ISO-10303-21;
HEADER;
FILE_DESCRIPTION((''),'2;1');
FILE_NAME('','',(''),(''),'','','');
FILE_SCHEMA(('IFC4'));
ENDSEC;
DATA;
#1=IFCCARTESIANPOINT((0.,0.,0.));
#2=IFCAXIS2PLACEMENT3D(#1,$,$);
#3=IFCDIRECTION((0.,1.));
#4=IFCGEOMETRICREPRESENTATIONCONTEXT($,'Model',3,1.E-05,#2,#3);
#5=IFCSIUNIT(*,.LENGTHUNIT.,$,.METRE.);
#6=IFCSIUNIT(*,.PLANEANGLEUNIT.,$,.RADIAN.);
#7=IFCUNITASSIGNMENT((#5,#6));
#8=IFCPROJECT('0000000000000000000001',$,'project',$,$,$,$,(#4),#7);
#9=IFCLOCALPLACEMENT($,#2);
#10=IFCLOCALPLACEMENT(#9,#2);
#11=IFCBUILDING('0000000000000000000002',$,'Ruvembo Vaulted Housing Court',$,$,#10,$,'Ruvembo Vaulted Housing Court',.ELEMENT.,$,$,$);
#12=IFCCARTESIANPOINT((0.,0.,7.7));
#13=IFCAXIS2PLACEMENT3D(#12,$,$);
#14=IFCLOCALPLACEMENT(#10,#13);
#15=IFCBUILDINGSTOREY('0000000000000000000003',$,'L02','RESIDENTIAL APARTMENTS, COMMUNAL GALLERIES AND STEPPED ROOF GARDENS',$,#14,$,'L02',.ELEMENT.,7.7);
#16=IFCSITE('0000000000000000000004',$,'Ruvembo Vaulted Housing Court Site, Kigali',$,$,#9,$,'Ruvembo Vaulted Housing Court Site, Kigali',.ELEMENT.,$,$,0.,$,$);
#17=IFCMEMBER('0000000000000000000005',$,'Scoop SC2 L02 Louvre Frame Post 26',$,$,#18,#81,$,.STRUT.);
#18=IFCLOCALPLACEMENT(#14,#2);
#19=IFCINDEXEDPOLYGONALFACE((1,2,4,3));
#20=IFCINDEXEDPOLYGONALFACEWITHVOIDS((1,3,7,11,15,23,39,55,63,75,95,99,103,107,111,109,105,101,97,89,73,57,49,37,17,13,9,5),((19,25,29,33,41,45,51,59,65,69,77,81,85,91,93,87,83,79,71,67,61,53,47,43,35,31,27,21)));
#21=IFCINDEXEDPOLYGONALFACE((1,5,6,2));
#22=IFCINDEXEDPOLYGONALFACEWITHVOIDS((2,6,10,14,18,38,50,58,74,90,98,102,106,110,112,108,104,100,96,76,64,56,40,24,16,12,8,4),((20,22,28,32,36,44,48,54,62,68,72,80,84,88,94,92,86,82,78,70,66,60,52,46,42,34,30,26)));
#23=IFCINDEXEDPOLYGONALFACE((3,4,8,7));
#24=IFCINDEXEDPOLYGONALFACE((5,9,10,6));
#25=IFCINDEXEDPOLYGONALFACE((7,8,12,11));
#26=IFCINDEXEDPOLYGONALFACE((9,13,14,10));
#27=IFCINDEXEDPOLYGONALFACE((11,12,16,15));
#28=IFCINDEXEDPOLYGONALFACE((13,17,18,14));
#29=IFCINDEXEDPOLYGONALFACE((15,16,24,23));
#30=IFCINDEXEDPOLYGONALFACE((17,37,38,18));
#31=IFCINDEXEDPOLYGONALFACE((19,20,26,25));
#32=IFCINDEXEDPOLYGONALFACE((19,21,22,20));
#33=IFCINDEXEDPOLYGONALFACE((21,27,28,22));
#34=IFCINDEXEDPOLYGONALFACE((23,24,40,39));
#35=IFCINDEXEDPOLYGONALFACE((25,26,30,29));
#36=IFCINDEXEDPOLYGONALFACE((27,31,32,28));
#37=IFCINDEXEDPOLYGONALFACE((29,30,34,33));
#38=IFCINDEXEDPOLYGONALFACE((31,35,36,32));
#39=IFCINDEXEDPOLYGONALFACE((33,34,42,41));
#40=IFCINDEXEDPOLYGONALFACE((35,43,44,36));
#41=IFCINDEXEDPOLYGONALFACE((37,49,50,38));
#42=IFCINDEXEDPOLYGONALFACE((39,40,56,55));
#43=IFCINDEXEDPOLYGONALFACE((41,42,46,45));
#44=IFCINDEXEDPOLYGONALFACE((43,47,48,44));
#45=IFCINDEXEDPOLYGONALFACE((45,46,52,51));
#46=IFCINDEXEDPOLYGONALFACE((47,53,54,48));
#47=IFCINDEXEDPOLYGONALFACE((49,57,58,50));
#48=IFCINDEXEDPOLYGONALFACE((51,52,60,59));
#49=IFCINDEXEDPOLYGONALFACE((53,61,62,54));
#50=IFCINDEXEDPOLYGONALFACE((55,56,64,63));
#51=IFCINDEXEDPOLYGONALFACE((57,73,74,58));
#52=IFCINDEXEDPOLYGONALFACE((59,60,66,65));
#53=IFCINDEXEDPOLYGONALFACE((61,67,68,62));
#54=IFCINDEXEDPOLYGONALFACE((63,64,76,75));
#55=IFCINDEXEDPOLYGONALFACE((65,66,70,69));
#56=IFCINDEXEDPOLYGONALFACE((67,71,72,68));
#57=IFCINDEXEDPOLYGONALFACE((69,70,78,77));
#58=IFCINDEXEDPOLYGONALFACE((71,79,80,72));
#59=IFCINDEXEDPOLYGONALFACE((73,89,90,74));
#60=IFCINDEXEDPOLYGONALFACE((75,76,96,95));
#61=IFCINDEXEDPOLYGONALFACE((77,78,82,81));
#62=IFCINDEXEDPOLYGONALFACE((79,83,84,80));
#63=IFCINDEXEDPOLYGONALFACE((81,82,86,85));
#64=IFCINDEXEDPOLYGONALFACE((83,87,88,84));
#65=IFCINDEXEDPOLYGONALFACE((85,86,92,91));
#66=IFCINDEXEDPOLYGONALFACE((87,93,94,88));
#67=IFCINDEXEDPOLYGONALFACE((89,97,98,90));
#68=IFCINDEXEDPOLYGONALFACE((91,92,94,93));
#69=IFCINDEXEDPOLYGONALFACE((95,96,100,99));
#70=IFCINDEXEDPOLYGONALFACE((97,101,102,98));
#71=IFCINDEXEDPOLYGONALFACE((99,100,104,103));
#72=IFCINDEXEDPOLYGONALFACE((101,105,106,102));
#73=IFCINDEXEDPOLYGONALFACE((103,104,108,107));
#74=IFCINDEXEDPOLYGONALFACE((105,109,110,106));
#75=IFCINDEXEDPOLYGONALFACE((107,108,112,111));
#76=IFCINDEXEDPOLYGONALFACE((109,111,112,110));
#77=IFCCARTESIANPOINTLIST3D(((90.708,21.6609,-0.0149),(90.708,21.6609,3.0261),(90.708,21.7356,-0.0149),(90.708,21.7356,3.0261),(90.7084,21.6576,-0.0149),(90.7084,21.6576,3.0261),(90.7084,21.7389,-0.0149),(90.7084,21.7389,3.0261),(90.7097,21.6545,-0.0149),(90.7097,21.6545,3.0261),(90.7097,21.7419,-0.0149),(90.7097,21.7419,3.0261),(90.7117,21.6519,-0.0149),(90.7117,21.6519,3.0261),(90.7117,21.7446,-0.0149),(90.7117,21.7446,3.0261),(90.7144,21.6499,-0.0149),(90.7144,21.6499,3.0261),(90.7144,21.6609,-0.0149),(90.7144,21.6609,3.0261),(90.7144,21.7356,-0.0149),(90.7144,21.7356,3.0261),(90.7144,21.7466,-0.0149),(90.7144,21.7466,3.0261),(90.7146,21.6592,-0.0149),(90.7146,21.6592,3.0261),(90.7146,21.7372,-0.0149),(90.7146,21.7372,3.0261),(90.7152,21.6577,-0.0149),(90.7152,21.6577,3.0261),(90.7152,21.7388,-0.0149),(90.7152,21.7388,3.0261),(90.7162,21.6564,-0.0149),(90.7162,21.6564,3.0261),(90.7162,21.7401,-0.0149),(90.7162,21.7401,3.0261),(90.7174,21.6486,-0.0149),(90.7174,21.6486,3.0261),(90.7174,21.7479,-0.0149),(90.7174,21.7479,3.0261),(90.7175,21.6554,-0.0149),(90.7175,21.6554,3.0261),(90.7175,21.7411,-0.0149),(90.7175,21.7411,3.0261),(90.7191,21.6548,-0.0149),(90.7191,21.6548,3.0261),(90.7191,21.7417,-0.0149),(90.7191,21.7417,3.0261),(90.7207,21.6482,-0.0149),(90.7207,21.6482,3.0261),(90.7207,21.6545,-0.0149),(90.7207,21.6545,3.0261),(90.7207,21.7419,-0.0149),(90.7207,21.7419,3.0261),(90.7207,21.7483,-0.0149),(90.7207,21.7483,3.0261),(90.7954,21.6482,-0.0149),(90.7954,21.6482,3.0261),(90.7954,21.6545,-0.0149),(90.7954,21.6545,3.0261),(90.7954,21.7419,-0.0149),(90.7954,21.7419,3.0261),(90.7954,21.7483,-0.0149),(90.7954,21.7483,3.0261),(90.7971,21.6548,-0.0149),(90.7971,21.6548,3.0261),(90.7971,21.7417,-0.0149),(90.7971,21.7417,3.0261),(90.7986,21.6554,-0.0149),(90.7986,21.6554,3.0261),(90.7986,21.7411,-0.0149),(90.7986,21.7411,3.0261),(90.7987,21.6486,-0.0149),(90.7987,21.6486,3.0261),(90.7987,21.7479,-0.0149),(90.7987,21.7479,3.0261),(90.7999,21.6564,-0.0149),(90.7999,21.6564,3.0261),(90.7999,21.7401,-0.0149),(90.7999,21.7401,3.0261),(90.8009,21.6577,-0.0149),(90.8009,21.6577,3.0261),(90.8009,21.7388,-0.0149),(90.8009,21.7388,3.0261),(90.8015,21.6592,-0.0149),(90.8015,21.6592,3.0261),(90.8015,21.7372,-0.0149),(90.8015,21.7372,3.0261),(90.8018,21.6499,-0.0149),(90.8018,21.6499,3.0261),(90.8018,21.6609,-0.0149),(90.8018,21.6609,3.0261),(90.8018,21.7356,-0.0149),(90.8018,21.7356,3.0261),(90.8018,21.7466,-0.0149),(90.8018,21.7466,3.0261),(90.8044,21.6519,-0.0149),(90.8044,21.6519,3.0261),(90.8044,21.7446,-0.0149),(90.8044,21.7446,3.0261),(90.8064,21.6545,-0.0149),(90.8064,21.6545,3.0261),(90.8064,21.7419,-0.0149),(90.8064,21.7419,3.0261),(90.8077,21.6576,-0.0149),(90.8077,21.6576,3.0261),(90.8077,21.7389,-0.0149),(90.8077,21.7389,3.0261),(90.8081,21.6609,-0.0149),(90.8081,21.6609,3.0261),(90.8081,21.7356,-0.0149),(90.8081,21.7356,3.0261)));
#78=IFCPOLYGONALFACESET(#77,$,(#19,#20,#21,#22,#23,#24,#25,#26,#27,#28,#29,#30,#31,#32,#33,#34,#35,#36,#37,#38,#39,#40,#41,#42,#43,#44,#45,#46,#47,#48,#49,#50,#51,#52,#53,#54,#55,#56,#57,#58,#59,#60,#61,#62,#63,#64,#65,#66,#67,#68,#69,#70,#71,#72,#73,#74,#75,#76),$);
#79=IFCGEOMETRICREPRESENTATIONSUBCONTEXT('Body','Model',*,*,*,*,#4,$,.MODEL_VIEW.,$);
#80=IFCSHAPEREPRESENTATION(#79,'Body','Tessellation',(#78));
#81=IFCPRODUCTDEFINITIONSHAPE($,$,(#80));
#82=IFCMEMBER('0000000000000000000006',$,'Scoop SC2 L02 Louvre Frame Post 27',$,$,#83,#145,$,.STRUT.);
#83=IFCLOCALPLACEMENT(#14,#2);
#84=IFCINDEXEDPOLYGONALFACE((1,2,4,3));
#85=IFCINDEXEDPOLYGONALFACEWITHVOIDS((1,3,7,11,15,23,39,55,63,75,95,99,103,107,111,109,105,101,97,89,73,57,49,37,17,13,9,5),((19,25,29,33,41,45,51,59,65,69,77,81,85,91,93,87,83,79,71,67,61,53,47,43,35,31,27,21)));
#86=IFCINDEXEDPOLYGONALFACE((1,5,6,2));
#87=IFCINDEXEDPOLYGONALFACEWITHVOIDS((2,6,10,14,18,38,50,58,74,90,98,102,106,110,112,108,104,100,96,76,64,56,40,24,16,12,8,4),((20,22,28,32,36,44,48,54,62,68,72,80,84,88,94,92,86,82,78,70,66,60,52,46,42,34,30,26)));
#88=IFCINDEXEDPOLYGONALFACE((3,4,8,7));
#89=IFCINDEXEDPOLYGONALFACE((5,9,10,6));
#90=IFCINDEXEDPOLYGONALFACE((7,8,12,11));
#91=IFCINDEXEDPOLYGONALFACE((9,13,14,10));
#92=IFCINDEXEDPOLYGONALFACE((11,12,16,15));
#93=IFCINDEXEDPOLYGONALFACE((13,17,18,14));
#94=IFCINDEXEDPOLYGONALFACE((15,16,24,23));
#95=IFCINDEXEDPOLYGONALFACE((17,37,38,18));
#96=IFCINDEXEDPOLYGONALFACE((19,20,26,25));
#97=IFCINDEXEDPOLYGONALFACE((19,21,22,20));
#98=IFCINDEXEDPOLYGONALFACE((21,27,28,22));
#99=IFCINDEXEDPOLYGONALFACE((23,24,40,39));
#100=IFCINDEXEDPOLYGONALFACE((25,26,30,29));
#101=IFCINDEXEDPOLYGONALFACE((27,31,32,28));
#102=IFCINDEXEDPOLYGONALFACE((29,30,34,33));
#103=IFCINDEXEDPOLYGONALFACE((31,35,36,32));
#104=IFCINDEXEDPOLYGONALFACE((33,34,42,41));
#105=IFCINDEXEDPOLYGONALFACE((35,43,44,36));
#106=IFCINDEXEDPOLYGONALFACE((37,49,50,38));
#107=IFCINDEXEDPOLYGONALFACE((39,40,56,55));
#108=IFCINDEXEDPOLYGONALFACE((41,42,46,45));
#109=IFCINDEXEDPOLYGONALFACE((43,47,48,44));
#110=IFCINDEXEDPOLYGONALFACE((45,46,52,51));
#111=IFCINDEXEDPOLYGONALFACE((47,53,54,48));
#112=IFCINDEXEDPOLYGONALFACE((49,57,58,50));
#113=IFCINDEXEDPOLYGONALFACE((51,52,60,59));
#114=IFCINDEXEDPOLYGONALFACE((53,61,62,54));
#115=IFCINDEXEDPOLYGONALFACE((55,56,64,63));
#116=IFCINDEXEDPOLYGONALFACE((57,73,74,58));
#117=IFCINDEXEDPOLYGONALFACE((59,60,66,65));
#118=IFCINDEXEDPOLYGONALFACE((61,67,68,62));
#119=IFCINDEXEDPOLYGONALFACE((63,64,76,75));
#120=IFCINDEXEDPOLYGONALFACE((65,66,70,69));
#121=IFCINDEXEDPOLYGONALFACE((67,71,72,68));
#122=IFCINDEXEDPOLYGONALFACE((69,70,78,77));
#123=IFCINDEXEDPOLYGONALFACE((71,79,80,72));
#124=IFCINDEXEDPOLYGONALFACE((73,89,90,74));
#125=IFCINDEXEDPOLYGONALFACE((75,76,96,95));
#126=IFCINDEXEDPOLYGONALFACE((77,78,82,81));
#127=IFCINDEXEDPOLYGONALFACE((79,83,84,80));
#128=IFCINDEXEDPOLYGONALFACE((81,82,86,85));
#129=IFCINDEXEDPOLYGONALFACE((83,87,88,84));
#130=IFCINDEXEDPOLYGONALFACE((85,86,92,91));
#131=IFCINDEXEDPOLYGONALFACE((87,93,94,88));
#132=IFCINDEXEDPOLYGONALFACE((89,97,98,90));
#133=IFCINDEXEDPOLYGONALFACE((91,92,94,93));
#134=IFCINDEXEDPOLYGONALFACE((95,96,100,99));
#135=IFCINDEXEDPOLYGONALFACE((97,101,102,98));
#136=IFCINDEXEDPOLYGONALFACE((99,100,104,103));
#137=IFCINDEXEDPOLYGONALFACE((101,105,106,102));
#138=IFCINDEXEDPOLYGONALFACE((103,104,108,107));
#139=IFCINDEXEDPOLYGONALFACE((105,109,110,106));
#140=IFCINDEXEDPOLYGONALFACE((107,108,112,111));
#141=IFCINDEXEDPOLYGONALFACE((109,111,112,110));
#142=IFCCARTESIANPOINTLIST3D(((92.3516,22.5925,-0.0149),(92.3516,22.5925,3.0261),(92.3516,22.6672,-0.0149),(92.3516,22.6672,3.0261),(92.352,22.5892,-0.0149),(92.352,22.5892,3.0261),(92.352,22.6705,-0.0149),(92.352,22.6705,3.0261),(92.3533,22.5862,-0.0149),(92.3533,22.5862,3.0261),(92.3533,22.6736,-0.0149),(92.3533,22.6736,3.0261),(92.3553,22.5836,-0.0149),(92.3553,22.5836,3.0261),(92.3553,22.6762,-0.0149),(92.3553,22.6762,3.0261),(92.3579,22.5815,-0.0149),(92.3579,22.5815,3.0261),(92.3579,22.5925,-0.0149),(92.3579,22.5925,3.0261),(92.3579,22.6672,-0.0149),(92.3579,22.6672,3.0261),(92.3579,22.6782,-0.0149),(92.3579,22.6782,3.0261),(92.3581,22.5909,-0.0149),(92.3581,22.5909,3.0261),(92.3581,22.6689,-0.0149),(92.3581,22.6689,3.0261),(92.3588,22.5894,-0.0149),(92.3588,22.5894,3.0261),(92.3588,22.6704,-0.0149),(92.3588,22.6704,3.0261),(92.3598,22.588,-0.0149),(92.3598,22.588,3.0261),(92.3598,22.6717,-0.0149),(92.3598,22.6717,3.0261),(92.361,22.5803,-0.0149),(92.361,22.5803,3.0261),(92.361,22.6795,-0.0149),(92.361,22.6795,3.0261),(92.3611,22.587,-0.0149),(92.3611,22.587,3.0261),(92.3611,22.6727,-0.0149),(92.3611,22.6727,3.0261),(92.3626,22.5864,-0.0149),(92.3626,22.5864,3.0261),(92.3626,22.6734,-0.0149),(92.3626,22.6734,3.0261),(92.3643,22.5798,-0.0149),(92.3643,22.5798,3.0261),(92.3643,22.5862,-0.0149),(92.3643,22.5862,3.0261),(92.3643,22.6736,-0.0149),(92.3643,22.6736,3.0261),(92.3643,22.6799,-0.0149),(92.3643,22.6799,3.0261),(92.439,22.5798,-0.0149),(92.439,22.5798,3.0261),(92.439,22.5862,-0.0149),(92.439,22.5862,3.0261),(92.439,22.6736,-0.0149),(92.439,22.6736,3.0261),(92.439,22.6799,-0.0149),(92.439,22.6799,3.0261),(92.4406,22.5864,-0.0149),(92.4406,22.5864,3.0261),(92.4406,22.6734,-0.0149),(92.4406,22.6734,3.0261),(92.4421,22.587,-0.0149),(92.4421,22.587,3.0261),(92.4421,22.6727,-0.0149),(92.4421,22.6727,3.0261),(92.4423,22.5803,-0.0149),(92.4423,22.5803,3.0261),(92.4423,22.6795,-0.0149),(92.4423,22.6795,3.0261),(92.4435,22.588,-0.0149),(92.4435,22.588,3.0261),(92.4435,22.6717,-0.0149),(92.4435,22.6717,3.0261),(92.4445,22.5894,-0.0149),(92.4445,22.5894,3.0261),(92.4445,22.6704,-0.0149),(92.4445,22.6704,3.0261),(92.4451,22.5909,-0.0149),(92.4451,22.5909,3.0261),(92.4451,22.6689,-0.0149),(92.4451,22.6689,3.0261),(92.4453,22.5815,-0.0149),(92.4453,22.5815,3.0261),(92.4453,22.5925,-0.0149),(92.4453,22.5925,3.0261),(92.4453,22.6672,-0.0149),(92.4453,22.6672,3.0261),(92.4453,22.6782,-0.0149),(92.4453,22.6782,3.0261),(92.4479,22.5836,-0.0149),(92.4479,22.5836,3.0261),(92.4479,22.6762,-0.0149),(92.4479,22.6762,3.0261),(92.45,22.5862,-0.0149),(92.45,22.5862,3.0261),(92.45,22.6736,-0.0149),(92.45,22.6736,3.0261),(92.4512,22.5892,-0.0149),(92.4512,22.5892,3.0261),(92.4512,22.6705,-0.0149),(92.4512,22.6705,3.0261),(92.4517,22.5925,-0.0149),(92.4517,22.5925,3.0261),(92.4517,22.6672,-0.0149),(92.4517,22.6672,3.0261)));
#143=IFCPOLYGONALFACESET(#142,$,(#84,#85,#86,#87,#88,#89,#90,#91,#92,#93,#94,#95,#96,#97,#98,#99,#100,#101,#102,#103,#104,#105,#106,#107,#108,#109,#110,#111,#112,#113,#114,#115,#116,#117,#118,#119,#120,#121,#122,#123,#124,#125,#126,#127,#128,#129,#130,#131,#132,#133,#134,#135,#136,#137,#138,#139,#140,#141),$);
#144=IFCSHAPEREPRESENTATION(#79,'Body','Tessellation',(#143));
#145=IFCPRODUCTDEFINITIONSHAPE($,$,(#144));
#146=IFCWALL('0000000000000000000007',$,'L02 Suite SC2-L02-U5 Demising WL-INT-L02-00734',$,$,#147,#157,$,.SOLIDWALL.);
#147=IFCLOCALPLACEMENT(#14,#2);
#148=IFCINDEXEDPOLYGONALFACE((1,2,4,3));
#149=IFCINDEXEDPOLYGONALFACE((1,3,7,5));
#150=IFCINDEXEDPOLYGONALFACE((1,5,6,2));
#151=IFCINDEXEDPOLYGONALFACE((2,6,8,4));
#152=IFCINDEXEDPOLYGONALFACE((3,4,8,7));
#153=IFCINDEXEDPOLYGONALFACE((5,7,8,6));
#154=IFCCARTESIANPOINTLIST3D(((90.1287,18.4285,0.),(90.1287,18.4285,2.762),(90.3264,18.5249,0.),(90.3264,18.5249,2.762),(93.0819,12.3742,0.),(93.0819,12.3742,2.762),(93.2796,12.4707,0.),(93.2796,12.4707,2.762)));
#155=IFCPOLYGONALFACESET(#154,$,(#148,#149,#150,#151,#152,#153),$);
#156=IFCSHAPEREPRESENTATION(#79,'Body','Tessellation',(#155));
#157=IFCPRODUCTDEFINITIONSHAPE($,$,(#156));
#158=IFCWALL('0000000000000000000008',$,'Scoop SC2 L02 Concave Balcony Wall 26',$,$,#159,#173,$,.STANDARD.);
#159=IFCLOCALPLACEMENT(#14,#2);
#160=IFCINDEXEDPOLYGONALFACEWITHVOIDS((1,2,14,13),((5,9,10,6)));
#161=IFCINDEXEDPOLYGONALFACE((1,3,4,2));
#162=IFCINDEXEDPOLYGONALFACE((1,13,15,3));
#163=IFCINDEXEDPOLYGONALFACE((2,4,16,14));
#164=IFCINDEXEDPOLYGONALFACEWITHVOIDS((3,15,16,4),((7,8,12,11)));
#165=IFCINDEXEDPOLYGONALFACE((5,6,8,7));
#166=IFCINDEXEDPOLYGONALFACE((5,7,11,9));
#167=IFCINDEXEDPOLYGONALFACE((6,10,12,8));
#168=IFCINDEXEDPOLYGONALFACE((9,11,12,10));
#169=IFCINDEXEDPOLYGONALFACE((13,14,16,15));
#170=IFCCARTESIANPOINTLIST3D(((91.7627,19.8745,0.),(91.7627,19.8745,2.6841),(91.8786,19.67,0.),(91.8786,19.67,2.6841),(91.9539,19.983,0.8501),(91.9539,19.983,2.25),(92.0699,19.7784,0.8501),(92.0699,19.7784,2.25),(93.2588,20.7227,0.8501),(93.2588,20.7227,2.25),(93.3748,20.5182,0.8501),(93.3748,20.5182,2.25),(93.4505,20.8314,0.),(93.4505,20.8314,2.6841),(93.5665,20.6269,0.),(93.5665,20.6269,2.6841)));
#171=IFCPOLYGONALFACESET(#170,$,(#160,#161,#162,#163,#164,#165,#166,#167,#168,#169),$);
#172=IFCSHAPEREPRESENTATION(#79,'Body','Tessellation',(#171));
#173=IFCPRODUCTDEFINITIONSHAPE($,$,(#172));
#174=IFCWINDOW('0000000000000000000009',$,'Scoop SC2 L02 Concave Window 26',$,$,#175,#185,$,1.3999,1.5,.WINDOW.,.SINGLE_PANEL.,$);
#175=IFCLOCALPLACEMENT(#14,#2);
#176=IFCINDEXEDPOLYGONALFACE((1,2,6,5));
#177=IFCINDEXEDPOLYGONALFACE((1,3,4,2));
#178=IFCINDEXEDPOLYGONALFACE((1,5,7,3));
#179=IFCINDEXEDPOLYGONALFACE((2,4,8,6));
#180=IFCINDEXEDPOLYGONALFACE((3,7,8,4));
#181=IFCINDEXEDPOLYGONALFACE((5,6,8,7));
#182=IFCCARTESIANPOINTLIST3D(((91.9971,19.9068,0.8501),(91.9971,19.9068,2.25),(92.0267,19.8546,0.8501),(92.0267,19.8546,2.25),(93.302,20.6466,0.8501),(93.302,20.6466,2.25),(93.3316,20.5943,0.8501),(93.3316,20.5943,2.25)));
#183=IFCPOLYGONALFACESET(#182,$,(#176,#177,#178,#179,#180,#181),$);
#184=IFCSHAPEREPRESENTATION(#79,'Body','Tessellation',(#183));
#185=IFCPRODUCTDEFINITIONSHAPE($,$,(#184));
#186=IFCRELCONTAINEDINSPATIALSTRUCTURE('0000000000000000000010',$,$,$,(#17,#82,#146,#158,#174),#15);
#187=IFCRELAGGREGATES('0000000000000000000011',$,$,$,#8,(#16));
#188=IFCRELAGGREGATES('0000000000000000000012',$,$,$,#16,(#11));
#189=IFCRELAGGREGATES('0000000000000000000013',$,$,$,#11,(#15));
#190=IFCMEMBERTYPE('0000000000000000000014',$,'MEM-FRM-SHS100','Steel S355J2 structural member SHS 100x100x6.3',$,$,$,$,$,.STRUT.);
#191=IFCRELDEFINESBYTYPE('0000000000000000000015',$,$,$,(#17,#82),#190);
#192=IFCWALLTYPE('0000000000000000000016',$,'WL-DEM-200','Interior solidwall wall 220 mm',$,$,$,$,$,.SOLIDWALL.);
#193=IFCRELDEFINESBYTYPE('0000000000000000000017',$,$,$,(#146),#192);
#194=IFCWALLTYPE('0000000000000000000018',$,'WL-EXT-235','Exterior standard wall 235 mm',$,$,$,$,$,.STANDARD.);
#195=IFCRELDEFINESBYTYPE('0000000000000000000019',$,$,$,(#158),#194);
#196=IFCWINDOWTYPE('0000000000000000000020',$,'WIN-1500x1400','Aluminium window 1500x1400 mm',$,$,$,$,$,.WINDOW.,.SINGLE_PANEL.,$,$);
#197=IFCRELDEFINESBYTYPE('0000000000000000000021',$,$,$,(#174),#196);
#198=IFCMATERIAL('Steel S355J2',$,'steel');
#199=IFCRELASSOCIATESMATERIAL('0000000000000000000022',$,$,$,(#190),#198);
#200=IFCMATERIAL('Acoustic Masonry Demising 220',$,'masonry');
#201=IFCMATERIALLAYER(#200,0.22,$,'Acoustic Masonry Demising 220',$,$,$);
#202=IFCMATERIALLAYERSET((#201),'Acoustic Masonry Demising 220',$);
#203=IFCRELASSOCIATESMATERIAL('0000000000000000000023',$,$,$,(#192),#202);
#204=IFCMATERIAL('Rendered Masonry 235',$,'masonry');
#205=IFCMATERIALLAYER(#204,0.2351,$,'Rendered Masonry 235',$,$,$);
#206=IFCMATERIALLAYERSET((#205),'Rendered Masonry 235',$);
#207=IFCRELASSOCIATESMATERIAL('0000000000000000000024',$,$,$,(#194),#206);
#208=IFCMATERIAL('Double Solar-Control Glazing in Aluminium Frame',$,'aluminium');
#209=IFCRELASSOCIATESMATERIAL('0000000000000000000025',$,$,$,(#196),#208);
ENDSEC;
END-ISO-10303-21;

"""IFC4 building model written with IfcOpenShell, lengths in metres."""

from ifc_helpers import new_model, si_unit, direction, frame, frame_2d, origin, origin_2d, place, context, subcontext, project, spatial, rectangle, hollow_rectangle, extrude, material, layer, layer_set, material_profile, profile_set, type_object, element, fill, save


model = new_model("IFC4")

# Units and contexts
model_context = context("Model", 3, precision=1e-05, world=origin(), true_north=direction((0.0, 1.0)))
body_context = subcontext(model_context, "Body", "Model", "MODEL_VIEW")
ifc_project = project(units=[si_unit("LENGTHUNIT", "METRE"), si_unit("PLANEANGLEUNIT", "RADIAN")], contexts=[model_context])

# Site, building, storey
site_placement = place(None, origin())
site = spatial("IfcSite", under=ifc_project, at=site_placement, Name="Ruvembo Vaulted Housing Court Site, Kigali", LongName="Ruvembo Vaulted Housing Court Site, Kigali", CompositionType="ELEMENT", RefElevation=0.0)
building_placement = place(site_placement, origin())
building = spatial("IfcBuilding", under=site, at=building_placement, Name="Ruvembo Vaulted Housing Court", LongName="Ruvembo Vaulted Housing Court", CompositionType="ELEMENT")
storey_placement = place(building_placement, frame((0.0, 0.0, 7.7)))
storey = spatial("IfcBuildingStorey", under=building, at=storey_placement, Name="L02", Description="RESIDENTIAL APARTMENTS, COMMUNAL GALLERIES AND STEPPED ROOF GARDENS", LongName="L02", CompositionType="ELEMENT", Elevation=7.7)

# Shared definitions
ifc_material_1 = material(Name="Steel S355J2", Category="steel")

# Members
ifc_material_profile_1 = material_profile(ifc_material_1, hollow_rectangle(XDim=0.1001, YDim=0.1001, WallThickness=0.0063, InnerFilletRadius=0.0063, OuterFilletRadius=0.0127, at=origin_2d()), Name="SHS 100x100x6.3")
ifc_profile_set_1 = profile_set([ifc_material_profile_1], Name="Steel S355J2")
member_type_1 = type_object("IfcMemberType", Name="MEM-FRM-SHS100", Description="Steel S355J2 structural member SHS 100x100x6.3", PredefinedType="STRUT", material=ifc_profile_set_1)
for number, where, z_axis, x_axis, name in (
    (1, (90.7581, 21.6982, -0.0149), (0.0, 0.0, 1.0), (1.0, 0.0, 0.0), "Scoop SC2 L02 Louvre Frame Post 26"),
    (2, (92.4016, 22.6299, -0.0149), (0.0, 0.0, 1.0), (1.0, 0.0, 0.0), "Scoop SC2 L02 Louvre Frame Post 27"),
):
    element("IfcMember", number, at=place(storey_placement, frame(where, z_axis=z_axis, x_axis=x_axis)), inside=storey, type_object=member_type_1, Name=name, PredefinedType="STRUT", context=body_context, shape_type="SweptSolid", body=[
        extrude(hollow_rectangle(XDim=0.1001, YDim=0.1001, WallThickness=0.0063, InnerFilletRadius=0.0063, OuterFilletRadius=0.0127, at=origin_2d()), origin(), (0.0, 0.0, 1.0), 3.041),
    ])

# Wall
ifc_material_2 = material(Name="Acoustic Masonry Demising 220", Category="masonry")
ifc_layer_1 = layer(ifc_material_2, 0.22, Name="Acoustic Masonry Demising 220")
ifc_layer_set_1 = layer_set([ifc_layer_1], Name="Acoustic Masonry Demising 220")
wall_type_1 = type_object("IfcWallType", Name="WL-DEM-200", Description="Interior solidwall wall 220 mm", PredefinedType="SOLIDWALL", material=ifc_layer_set_1)
wall_1_placement = place(storey_placement, frame((90.2275, 18.4768, 0.0), z_axis=(0.0, 0.0, 1.0), x_axis=(0.438406, -0.898777, 0.0)))
element("IfcWall", 3, at=wall_1_placement, inside=storey, type_object=wall_type_1, Name="L02 Suite SC2-L02-U5 Demising WL-INT-L02-00734", PredefinedType="SOLIDWALL", context=body_context, shape_type="SweptSolid", body=[
    extrude(rectangle(XDim=6.7361, YDim=0.22, at=frame_2d((3.3682, 0.0))), origin(), (0.0, 0.0, 1.0), 2.762),
])

# Wall, opening, window
ifc_material_3 = material(Name="Rendered Masonry 235", Category="masonry")
ifc_layer_2 = layer(ifc_material_3, 0.2351, Name="Rendered Masonry 235")
ifc_layer_set_2 = layer_set([ifc_layer_2], Name="Rendered Masonry 235")
wall_type_2 = type_object("IfcWallType", Name="WL-EXT-235", Description="Exterior standard wall 235 mm", PredefinedType="STANDARD", material=ifc_layer_set_2)
wall_2_placement = place(storey_placement, frame((91.8206, 19.7722, 0.0), z_axis=(0.0, 0.0, 1.0), x_axis=(0.869934, 0.493168, 0.0)))
wall_2 = element("IfcWall", 4, at=wall_2_placement, inside=storey, type_object=wall_type_2, Name="Scoop SC2 L02 Concave Balcony Wall 26", PredefinedType="STANDARD", context=body_context, shape_type="SweptSolid", body=[
    extrude(rectangle(XDim=1.9402, YDim=0.2351, at=frame_2d((0.9702, 0.0))), origin(), (0.0, 0.0, 1.0), 2.6841),
])
opening_1_placement = place(wall_2_placement, frame((0.22, 0.0, 0.8501)))
opening_1 = element("IfcOpeningElement", 5, at=opening_1_placement, cuts=wall_2, PredefinedType="OPENING", context=body_context, shape_type="SweptSolid", body=[
    extrude(rectangle(XDim=1.5, YDim=1.3999, at=frame_2d((0.75, 0.7))), frame((0.0, 0.1274, 0.0), z_axis=(0.0, -1.0, 0.0), x_axis=(1.0, 0.0, 0.0)), (0.0, 0.0, 1.0), 0.2551),
])
ifc_material_4 = material(Name="Double Solar-Control Glazing in Aluminium Frame", Category="aluminium")
window_type = type_object("IfcWindowType", Name="WIN-1500x1400", Description="Aluminium window 1500x1400 mm", PartitioningType="SINGLE_PANEL", PredefinedType="WINDOW", material=ifc_material_4)
window_placement = place(opening_1_placement, origin())
window = element("IfcWindow", 6, at=window_placement, inside=storey, type_object=window_type, Name="Scoop SC2 L02 Concave Window 26", OverallHeight=1.3999, OverallWidth=1.5, PartitioningType="SINGLE_PANEL", PredefinedType="WINDOW", context=body_context, shape_type="SweptSolid", body=[
    extrude(rectangle(XDim=1.5, YDim=1.3999, at=frame_2d((0.75, 0.7))), frame((0.0, 0.03, 0.0), z_axis=(0.0, -1.0, 0.0), x_axis=(1.0, 0.0, 0.0)), (0.0, 0.0, 1.0), 0.0601),
])
fill(opening_1, window)

save(model, "model.ifc")
